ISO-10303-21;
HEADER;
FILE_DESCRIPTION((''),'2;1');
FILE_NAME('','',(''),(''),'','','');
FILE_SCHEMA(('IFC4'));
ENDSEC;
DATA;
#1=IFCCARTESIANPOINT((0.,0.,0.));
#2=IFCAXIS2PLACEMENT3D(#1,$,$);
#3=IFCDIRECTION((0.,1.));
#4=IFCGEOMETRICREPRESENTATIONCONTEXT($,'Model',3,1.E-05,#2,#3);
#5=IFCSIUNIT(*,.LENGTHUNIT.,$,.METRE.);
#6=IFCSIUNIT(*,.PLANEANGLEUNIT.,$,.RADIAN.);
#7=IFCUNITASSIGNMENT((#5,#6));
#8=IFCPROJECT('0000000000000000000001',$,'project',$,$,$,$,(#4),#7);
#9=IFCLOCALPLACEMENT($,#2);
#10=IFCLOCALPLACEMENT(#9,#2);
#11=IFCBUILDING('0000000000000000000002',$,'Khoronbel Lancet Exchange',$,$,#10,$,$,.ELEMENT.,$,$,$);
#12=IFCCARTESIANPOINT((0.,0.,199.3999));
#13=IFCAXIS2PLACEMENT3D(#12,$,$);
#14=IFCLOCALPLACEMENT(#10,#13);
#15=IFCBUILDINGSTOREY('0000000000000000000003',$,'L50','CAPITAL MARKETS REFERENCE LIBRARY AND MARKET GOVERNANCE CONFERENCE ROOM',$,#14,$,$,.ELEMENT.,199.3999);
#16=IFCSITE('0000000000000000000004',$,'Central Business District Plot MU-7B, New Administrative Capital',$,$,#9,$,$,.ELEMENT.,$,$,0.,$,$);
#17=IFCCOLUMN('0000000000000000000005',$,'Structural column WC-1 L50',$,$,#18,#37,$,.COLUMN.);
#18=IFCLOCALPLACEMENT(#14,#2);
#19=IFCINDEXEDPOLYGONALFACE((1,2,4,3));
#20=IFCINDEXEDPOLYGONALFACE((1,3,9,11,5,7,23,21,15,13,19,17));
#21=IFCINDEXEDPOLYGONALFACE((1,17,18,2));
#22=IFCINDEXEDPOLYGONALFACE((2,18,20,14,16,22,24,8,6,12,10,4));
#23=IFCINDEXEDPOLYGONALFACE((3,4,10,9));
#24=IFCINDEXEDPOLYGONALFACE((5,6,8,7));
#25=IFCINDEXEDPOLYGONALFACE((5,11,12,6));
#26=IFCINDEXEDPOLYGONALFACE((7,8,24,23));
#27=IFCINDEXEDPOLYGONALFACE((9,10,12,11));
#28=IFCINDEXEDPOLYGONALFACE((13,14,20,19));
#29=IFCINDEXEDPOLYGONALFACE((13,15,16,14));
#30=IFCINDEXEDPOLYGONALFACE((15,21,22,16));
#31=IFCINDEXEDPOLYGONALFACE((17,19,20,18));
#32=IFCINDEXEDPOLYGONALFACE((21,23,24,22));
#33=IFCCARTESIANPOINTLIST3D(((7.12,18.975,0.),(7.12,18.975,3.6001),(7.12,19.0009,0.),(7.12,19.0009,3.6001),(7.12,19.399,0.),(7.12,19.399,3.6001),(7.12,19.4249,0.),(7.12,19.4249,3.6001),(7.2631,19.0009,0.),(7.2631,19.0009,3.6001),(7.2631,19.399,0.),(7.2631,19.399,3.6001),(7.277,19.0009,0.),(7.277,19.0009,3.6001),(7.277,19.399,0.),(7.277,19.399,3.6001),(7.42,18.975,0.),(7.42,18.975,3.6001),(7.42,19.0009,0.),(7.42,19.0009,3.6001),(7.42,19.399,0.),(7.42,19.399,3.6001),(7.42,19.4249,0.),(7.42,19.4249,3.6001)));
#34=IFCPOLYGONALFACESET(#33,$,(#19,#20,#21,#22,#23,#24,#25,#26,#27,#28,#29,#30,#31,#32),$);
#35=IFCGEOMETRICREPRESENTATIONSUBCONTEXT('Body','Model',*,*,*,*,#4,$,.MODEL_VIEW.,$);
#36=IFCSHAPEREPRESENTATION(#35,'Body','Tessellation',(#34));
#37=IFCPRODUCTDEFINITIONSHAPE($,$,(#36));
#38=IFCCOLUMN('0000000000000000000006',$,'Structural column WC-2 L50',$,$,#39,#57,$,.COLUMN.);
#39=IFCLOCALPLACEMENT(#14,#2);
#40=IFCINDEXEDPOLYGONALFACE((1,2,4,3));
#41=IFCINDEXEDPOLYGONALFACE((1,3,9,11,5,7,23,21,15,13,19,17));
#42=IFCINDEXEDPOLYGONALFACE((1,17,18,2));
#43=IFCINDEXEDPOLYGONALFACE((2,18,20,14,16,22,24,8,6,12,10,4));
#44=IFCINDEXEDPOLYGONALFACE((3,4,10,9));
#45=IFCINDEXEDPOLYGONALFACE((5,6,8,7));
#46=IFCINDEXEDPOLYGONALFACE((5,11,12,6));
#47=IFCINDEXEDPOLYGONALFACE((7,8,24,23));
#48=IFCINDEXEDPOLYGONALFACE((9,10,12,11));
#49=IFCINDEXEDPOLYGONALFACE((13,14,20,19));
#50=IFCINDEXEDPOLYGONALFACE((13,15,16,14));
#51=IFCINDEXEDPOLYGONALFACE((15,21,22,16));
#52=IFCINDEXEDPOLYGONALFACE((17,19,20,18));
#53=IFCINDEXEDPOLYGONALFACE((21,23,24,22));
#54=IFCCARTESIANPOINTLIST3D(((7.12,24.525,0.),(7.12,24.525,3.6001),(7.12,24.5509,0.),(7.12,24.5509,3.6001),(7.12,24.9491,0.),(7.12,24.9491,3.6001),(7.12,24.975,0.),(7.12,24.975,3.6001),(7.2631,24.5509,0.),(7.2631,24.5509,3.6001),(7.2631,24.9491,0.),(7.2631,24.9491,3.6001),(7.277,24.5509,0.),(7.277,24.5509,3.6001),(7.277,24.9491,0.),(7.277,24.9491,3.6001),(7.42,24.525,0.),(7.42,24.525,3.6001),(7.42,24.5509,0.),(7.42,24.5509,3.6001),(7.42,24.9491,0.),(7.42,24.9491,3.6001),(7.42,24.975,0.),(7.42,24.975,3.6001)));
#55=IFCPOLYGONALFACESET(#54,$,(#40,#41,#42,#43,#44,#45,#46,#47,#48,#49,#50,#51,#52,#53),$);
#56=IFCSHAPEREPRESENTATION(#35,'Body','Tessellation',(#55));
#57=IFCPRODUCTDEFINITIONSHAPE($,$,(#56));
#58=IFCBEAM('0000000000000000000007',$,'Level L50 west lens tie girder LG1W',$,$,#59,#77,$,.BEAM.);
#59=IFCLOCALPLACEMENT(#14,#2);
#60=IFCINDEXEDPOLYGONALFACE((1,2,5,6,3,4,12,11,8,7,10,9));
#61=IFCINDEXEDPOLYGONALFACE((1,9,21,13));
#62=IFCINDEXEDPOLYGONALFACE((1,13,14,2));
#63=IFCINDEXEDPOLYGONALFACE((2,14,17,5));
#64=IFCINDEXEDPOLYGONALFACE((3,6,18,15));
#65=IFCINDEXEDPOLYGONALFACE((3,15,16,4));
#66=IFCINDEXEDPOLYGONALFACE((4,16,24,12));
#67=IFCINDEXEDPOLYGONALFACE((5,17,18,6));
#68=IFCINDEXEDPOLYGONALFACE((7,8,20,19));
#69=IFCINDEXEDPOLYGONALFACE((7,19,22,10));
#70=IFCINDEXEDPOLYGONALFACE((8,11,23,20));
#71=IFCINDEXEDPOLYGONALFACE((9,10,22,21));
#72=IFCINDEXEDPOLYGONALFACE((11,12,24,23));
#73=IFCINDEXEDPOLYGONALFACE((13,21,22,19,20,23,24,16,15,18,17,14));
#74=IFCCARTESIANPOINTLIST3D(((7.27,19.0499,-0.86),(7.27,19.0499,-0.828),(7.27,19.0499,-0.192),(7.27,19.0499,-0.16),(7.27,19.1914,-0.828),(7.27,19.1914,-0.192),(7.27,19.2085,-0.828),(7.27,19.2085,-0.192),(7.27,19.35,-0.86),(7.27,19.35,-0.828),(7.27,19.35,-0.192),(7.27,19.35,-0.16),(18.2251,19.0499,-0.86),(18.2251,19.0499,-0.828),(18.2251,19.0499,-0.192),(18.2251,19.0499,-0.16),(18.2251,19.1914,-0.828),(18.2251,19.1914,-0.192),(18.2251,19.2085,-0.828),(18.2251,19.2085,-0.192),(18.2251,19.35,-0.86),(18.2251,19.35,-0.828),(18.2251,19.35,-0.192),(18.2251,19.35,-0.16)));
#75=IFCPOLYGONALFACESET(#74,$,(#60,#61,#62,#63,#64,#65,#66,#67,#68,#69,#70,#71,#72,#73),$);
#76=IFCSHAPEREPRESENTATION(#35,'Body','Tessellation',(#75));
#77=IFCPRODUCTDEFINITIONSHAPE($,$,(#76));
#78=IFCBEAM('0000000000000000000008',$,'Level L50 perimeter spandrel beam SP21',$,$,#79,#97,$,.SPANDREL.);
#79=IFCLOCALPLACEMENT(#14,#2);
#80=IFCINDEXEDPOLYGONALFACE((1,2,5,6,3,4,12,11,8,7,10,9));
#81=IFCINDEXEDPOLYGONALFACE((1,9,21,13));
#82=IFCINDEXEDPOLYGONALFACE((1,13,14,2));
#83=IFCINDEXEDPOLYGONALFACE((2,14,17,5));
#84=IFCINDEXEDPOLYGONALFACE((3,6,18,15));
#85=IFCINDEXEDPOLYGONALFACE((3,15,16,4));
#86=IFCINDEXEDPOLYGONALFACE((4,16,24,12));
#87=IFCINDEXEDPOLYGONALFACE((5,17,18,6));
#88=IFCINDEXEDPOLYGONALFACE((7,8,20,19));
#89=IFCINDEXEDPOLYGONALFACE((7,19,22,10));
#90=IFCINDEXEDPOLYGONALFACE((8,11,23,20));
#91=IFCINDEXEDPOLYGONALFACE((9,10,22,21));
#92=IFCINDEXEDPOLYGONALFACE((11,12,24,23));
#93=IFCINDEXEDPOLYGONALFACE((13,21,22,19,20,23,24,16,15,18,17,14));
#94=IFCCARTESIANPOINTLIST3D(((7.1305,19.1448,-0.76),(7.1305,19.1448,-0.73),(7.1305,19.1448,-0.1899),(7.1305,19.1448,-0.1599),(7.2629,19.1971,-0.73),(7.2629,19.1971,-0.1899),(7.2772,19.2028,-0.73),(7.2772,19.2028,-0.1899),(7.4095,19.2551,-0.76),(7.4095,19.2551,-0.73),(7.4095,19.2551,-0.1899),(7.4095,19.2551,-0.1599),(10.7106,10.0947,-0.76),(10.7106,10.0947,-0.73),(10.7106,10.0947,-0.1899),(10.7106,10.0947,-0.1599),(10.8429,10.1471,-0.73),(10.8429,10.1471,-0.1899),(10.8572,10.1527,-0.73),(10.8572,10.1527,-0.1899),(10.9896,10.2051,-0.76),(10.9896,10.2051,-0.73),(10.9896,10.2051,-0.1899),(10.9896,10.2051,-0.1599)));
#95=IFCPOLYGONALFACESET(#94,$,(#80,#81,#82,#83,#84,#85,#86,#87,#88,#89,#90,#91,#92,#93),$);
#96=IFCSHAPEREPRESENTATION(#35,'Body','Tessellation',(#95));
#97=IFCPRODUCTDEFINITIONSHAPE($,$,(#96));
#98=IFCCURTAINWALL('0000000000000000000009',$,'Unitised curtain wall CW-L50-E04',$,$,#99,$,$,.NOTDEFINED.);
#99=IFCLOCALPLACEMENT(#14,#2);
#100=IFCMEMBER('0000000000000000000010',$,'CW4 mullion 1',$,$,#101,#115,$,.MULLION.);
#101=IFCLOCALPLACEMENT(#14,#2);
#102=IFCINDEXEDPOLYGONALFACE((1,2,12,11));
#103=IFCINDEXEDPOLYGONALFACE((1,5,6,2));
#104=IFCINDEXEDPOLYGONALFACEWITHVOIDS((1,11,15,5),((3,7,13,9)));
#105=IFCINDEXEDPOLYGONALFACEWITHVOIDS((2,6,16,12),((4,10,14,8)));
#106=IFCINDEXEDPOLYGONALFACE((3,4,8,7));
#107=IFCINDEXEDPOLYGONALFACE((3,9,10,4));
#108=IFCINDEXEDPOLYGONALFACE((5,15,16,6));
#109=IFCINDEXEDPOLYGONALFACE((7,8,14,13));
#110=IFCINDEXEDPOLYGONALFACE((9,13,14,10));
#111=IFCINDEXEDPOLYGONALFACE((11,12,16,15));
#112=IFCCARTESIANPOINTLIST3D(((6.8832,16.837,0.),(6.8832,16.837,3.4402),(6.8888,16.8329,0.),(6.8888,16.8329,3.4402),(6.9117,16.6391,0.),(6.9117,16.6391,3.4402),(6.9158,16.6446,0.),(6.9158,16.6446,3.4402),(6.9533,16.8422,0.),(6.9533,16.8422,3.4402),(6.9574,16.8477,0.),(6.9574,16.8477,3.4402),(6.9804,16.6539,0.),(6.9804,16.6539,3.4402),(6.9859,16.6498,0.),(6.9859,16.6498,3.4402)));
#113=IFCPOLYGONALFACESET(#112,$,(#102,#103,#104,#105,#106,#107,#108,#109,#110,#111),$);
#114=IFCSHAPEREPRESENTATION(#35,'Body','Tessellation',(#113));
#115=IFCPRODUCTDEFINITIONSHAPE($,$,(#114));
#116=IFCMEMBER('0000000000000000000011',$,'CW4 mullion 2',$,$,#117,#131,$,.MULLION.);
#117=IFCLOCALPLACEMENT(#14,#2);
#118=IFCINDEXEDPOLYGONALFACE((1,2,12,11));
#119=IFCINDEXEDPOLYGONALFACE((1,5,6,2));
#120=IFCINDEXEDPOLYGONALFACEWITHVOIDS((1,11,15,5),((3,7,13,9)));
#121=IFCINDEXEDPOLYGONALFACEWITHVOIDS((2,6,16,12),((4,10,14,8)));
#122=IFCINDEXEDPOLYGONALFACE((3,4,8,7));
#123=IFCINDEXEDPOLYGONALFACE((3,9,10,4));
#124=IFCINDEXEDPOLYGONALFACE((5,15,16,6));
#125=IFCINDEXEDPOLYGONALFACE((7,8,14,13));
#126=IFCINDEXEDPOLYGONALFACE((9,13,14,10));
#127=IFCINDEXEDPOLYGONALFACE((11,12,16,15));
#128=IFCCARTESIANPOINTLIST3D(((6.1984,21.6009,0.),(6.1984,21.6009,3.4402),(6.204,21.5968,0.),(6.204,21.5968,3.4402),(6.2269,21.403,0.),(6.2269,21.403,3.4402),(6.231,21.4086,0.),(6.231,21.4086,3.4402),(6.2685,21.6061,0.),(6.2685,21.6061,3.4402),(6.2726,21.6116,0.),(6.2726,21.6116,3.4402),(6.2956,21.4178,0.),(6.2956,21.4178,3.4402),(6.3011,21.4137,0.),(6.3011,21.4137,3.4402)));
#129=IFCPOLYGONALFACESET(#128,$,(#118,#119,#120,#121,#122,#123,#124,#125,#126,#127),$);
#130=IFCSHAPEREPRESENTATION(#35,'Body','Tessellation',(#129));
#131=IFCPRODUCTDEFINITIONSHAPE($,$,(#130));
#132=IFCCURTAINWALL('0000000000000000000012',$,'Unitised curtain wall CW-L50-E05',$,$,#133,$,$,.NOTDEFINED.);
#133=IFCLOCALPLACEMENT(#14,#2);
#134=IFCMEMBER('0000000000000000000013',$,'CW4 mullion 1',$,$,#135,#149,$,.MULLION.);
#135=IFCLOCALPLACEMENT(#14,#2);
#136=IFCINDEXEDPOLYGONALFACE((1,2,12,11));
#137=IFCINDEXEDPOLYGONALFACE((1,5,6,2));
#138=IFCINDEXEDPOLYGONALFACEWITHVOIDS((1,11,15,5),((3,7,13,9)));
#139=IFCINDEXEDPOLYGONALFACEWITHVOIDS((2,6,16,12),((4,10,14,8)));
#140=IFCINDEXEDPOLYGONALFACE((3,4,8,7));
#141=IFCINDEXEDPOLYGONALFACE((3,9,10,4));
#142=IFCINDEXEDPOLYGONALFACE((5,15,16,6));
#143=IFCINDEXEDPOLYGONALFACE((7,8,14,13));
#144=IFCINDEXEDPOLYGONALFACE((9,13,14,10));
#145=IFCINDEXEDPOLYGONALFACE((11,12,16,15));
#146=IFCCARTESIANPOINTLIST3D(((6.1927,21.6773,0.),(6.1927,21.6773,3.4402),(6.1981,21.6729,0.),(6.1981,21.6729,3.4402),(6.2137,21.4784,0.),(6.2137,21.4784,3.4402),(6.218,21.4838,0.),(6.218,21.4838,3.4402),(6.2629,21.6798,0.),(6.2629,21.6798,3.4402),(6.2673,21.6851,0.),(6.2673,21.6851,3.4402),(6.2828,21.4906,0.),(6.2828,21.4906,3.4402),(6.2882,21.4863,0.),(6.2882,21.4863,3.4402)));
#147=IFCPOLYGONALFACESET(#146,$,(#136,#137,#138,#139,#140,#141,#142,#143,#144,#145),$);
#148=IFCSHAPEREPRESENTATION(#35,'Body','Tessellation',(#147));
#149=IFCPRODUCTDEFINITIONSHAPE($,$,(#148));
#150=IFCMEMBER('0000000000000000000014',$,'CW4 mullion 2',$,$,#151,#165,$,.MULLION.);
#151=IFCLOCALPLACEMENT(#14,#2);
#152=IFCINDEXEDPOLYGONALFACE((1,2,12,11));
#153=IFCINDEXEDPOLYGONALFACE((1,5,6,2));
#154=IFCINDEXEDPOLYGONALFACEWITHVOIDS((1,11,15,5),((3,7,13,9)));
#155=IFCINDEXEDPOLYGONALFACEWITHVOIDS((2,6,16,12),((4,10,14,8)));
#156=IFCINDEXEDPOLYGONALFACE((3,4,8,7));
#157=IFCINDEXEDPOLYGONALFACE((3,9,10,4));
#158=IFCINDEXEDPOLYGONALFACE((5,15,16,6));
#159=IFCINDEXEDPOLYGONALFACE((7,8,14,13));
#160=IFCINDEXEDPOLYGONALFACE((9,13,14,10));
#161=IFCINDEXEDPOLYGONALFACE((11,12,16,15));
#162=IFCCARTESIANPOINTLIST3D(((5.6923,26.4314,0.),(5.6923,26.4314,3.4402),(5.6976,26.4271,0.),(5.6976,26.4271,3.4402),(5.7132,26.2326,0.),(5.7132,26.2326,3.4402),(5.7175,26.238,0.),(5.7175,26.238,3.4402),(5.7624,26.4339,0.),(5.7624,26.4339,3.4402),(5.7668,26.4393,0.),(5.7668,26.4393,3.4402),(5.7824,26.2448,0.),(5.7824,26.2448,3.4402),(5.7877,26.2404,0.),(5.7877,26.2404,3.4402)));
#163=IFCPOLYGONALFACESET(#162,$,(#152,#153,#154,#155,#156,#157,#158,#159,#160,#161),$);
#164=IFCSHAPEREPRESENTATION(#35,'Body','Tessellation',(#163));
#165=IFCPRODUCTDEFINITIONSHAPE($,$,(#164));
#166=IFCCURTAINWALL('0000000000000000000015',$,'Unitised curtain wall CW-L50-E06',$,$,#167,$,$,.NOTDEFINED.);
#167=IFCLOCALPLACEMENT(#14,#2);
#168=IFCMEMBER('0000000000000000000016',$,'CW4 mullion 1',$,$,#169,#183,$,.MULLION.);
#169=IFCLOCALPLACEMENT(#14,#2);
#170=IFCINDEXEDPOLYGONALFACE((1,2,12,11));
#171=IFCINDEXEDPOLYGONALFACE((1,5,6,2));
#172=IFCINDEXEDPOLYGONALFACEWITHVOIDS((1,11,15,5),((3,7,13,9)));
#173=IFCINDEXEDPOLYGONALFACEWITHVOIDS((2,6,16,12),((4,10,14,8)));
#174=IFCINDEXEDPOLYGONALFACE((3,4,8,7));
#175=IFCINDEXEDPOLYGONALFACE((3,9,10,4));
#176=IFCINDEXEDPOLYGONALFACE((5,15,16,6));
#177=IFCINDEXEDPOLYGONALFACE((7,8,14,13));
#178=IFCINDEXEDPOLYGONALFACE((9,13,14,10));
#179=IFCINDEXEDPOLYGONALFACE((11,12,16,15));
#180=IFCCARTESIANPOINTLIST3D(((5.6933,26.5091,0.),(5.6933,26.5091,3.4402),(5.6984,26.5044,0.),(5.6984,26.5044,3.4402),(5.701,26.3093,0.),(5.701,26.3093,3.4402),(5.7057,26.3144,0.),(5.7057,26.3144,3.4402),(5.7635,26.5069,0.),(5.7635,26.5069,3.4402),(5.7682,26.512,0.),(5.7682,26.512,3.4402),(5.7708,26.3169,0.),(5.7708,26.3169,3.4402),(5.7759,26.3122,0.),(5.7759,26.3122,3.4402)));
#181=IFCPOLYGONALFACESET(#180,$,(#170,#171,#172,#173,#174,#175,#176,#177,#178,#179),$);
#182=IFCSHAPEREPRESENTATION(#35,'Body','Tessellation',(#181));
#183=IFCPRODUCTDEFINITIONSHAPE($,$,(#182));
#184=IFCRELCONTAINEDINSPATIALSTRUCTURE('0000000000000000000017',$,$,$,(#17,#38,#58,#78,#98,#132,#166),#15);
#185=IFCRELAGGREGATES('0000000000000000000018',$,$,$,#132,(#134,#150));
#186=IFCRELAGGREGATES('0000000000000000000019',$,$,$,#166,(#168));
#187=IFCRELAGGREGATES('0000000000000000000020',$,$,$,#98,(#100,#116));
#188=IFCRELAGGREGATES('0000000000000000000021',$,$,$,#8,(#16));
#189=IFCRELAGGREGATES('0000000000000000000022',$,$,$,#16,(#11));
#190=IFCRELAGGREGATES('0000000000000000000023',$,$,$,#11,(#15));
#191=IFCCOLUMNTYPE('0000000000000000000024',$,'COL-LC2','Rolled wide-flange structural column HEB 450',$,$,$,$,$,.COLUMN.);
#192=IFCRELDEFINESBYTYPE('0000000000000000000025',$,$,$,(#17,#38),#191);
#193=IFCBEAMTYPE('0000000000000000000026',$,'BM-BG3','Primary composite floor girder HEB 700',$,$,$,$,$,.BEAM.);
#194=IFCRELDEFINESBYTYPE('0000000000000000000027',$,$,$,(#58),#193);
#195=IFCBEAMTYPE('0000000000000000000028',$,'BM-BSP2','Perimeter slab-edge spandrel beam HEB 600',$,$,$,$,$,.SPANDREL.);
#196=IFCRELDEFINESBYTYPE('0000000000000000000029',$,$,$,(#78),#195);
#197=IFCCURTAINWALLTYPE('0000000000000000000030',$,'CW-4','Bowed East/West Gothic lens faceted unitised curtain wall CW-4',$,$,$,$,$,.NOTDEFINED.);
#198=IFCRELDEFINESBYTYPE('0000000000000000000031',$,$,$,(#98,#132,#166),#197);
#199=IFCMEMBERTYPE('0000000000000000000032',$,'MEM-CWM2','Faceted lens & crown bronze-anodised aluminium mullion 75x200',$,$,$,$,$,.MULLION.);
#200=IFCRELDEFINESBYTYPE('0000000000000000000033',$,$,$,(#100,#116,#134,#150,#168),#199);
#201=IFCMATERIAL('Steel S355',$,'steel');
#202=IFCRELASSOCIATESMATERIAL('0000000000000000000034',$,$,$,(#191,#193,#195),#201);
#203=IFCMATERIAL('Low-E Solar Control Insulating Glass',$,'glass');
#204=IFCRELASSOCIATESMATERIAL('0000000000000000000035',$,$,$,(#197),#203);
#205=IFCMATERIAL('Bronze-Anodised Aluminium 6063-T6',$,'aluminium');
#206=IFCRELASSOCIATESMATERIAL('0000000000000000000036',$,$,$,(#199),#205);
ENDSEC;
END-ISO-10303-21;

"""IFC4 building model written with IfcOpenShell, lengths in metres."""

from ifc_helpers import new_model, si_unit, direction, frame, origin, origin_2d, place, context, subcontext, project, spatial, hollow_rectangle, i_section, extrude, material, material_profile, profile_set, type_object, element, aggregate, save


model = new_model("IFC4")

# Units and contexts
model_context = context("Model", 3, precision=1e-05, world=origin(), true_north=direction((0.0, 1.0)))
body_context = subcontext(model_context, "Body", "Model", "MODEL_VIEW")
ifc_project = project(units=[si_unit("LENGTHUNIT", "METRE"), si_unit("PLANEANGLEUNIT", "RADIAN")], contexts=[model_context])

# Site, building, storey
site_placement = place(None, origin())
site = spatial("IfcSite", under=ifc_project, at=site_placement, Name="Central Business District Plot MU-7B, New Administrative Capital", CompositionType="ELEMENT", RefElevation=0.0)
building_placement = place(site_placement, origin())
building = spatial("IfcBuilding", under=site, at=building_placement, Name="Khoronbel Lancet Exchange", CompositionType="ELEMENT")
storey_placement = place(building_placement, frame((0.0, 0.0, 199.3999)))
storey = spatial("IfcBuildingStorey", under=building, at=storey_placement, Name="L50", Description="CAPITAL MARKETS REFERENCE LIBRARY AND MARKET GOVERNANCE CONFERENCE ROOM", CompositionType="ELEMENT", Elevation=199.3999)

# Columns
ifc_material_1 = material(Name="Steel S355", Category="steel")
ifc_material_profile_1 = material_profile(ifc_material_1, i_section(OverallWidth=0.3, OverallDepth=0.45, WebThickness=0.0139, FlangeThickness=0.0259, at=origin_2d()), Name="HEB 450")
ifc_profile_set_1 = profile_set([ifc_material_profile_1], Name="Steel S355")
column_type = type_object("IfcColumnType", Name="COL-LC2", Description="Rolled wide-flange structural column HEB 450", PredefinedType="COLUMN", material=ifc_profile_set_1)
for number, where, z_axis, x_axis, name in (
    (1, (7.27, 19.2, 0.0), (0.0, 0.0, 1.0), (1.0, 0.0, 0.0), "Structural column WC-1 L50"),
    (2, (7.27, 24.75, 0.0), (0.0, 0.0, 1.0), (1.0, 0.0, 0.0), "Structural column WC-2 L50"),
):
    element("IfcColumn", number, at=place(storey_placement, frame(where, z_axis=z_axis, x_axis=x_axis)), inside=storey, type_object=column_type, Name=name, PredefinedType="COLUMN", context=body_context, shape_type="SweptSolid", body=[
        extrude(i_section(OverallWidth=0.3, OverallDepth=0.45, WebThickness=0.0139, FlangeThickness=0.0259, at=origin_2d()), origin(), (0.0, 0.0, 1.0), 3.6001),
    ])

# Beams
ifc_material_profile_2 = material_profile(ifc_material_1, i_section(OverallWidth=0.3, OverallDepth=0.7, WebThickness=0.0171, FlangeThickness=0.032, at=origin_2d()), Name="HEB 700")
ifc_profile_set_2 = profile_set([ifc_material_profile_2], Name="Steel S355")
beam_type_1 = type_object("IfcBeamType", Name="BM-BG3", Description="Primary composite floor girder HEB 700", PredefinedType="BEAM", material=ifc_profile_set_2)
beam_1_placement = place(storey_placement, frame((7.27, 19.2, -0.51), z_axis=(1.0, 0.0, 0.0), x_axis=(0.0, 1.0, 0.0)))
element("IfcBeam", 3, at=beam_1_placement, inside=storey, type_object=beam_type_1, Name="Level L50 west lens tie girder LG1W", PredefinedType="BEAM", context=body_context, shape_type="SweptSolid", body=[
    extrude(i_section(OverallWidth=0.3, OverallDepth=0.7, WebThickness=0.0171, FlangeThickness=0.032, at=origin_2d()), origin(), (0.0, 0.0, 1.0), 10.9551),
])
ifc_material_profile_3 = material_profile(ifc_material_1, i_section(OverallWidth=0.3, OverallDepth=0.6001, WebThickness=0.0154, FlangeThickness=0.03, at=origin_2d()), Name="HEB 600")
ifc_profile_set_3 = profile_set([ifc_material_profile_3], Name="Steel S355")
beam_type_2 = type_object("IfcBeamType", Name="BM-BSP2", Description="Perimeter slab-edge spandrel beam HEB 600", PredefinedType="SPANDREL", material=ifc_profile_set_3)
beam_2_placement = place(storey_placement, frame((7.27, 19.2, -0.46), z_axis=(0.36785, -0.929885, 0.0), x_axis=(0.929885, 0.36785, 0.0)))
element("IfcBeam", 4, at=beam_2_placement, inside=storey, type_object=beam_type_2, Name="Level L50 perimeter spandrel beam SP21", PredefinedType="SPANDREL", context=body_context, shape_type="SweptSolid", body=[
    extrude(i_section(OverallWidth=0.3, OverallDepth=0.6001, WebThickness=0.0154, FlangeThickness=0.03, at=origin_2d()), origin(), (0.0, 0.0, 1.0), 9.7324),
])

# Curtain walls, members
ifc_material_2 = material(Name="Low-E Solar Control Insulating Glass", Category="glass")
curtain_wall_type = type_object("IfcCurtainWallType", Name="CW-4", Description="Bowed East/West Gothic lens faceted unitised curtain wall CW-4", PredefinedType="NOTDEFINED", material=ifc_material_2)
curtain_wall_1_placement = place(storey_placement, origin())
curtain_wall_1 = element("IfcCurtainWall", 5, at=curtain_wall_1_placement, inside=storey, type_object=curtain_wall_type, Name="Unitised curtain wall CW-L50-E04", PredefinedType="NOTDEFINED")
ifc_material_3 = material(Name="Bronze-Anodised Aluminium 6063-T6", Category="aluminium")
ifc_material_profile_4 = material_profile(ifc_material_3, hollow_rectangle(XDim=0.075, YDim=0.2, WallThickness=0.0049, at=origin_2d()), Name="ALU MULLION 75x200")
ifc_profile_set_4 = profile_set([ifc_material_profile_4], Name="Bronze-Anodised Aluminium 6063-T6")
member_type_1 = type_object("IfcMemberType", Name="MEM-CWM2", Description="Faceted lens & crown bronze-anodised aluminium mullion 75x200", PredefinedType="MULLION", material=ifc_profile_set_4)
member_1_placement = place(storey_placement, frame((6.9346, 16.7434, 0.0), z_axis=(0.0, 0.0, 1.0), x_axis=(-0.989821, -0.142315, 0.0)))
member_1 = element("IfcMember", 6, at=member_1_placement, type_object=member_type_1, Name="CW4 mullion 1", PredefinedType="MULLION", context=body_context, shape_type="SweptSolid", body=[
    extrude(hollow_rectangle(XDim=0.075, YDim=0.2, WallThickness=0.0049, at=origin_2d()), origin(), (0.0, 0.0, 1.0), 3.4402),
])
member_2_placement = place(storey_placement, frame((6.2498, 21.5073, 0.0), z_axis=(0.0, 0.0, 1.0), x_axis=(-0.989821, -0.142315, 0.0)))
member_2 = element("IfcMember", 7, at=member_2_placement, type_object=member_type_1, Name="CW4 mullion 2", PredefinedType="MULLION", context=body_context, shape_type="SweptSolid", body=[
    extrude(hollow_rectangle(XDim=0.075, YDim=0.2, WallThickness=0.0049, at=origin_2d()), origin(), (0.0, 0.0, 1.0), 3.4402),
])
curtain_wall_2_placement = place(storey_placement, origin())
curtain_wall_2 = element("IfcCurtainWall", 8, at=curtain_wall_2_placement, inside=storey, type_object=curtain_wall_type, Name="Unitised curtain wall CW-L50-E05", PredefinedType="NOTDEFINED")
member_3_placement = place(storey_placement, frame((6.2405, 21.5818, 0.0), z_axis=(0.0, 0.0, 1.0), x_axis=(-0.994505, -0.104686, 0.0)))
member_3 = element("IfcMember", 9, at=member_3_placement, type_object=member_type_1, Name="CW4 mullion 1", PredefinedType="MULLION", context=body_context, shape_type="SweptSolid", body=[
    extrude(hollow_rectangle(XDim=0.075, YDim=0.2, WallThickness=0.0049, at=origin_2d()), origin(), (0.0, 0.0, 1.0), 3.4402),
])
member_4_placement = place(storey_placement, frame((5.74, 26.3359, 0.0), z_axis=(0.0, 0.0, 1.0), x_axis=(-0.994505, -0.104686, 0.0)))
member_4 = element("IfcMember", 10, at=member_4_placement, type_object=member_type_1, Name="CW4 mullion 2", PredefinedType="MULLION", context=body_context, shape_type="SweptSolid", body=[
    extrude(hollow_rectangle(XDim=0.075, YDim=0.2, WallThickness=0.0049, at=origin_2d()), origin(), (0.0, 0.0, 1.0), 3.4402),
])
curtain_wall_3_placement = place(storey_placement, origin())
curtain_wall_3 = element("IfcCurtainWall", 11, at=curtain_wall_3_placement, inside=storey, type_object=curtain_wall_type, Name="Unitised curtain wall CW-L50-E06", PredefinedType="NOTDEFINED")
member_5_placement = place(storey_placement, frame((5.7346, 26.4106, 0.0), z_axis=(0.0, 0.0, 1.0), x_axis=(-0.999259, -0.038486, 0.0)))
member_5 = element("IfcMember", 12, at=member_5_placement, type_object=member_type_1, Name="CW4 mullion 1", PredefinedType="MULLION", context=body_context, shape_type="SweptSolid", body=[
    extrude(hollow_rectangle(XDim=0.075, YDim=0.2, WallThickness=0.0049, at=origin_2d()), origin(), (0.0, 0.0, 1.0), 3.4402),
])

aggregate(curtain_wall_2, [member_3, member_4])
aggregate(curtain_wall_3, [member_5])
aggregate(curtain_wall_1, [member_1, member_2])

save(model, "model.ifc")
